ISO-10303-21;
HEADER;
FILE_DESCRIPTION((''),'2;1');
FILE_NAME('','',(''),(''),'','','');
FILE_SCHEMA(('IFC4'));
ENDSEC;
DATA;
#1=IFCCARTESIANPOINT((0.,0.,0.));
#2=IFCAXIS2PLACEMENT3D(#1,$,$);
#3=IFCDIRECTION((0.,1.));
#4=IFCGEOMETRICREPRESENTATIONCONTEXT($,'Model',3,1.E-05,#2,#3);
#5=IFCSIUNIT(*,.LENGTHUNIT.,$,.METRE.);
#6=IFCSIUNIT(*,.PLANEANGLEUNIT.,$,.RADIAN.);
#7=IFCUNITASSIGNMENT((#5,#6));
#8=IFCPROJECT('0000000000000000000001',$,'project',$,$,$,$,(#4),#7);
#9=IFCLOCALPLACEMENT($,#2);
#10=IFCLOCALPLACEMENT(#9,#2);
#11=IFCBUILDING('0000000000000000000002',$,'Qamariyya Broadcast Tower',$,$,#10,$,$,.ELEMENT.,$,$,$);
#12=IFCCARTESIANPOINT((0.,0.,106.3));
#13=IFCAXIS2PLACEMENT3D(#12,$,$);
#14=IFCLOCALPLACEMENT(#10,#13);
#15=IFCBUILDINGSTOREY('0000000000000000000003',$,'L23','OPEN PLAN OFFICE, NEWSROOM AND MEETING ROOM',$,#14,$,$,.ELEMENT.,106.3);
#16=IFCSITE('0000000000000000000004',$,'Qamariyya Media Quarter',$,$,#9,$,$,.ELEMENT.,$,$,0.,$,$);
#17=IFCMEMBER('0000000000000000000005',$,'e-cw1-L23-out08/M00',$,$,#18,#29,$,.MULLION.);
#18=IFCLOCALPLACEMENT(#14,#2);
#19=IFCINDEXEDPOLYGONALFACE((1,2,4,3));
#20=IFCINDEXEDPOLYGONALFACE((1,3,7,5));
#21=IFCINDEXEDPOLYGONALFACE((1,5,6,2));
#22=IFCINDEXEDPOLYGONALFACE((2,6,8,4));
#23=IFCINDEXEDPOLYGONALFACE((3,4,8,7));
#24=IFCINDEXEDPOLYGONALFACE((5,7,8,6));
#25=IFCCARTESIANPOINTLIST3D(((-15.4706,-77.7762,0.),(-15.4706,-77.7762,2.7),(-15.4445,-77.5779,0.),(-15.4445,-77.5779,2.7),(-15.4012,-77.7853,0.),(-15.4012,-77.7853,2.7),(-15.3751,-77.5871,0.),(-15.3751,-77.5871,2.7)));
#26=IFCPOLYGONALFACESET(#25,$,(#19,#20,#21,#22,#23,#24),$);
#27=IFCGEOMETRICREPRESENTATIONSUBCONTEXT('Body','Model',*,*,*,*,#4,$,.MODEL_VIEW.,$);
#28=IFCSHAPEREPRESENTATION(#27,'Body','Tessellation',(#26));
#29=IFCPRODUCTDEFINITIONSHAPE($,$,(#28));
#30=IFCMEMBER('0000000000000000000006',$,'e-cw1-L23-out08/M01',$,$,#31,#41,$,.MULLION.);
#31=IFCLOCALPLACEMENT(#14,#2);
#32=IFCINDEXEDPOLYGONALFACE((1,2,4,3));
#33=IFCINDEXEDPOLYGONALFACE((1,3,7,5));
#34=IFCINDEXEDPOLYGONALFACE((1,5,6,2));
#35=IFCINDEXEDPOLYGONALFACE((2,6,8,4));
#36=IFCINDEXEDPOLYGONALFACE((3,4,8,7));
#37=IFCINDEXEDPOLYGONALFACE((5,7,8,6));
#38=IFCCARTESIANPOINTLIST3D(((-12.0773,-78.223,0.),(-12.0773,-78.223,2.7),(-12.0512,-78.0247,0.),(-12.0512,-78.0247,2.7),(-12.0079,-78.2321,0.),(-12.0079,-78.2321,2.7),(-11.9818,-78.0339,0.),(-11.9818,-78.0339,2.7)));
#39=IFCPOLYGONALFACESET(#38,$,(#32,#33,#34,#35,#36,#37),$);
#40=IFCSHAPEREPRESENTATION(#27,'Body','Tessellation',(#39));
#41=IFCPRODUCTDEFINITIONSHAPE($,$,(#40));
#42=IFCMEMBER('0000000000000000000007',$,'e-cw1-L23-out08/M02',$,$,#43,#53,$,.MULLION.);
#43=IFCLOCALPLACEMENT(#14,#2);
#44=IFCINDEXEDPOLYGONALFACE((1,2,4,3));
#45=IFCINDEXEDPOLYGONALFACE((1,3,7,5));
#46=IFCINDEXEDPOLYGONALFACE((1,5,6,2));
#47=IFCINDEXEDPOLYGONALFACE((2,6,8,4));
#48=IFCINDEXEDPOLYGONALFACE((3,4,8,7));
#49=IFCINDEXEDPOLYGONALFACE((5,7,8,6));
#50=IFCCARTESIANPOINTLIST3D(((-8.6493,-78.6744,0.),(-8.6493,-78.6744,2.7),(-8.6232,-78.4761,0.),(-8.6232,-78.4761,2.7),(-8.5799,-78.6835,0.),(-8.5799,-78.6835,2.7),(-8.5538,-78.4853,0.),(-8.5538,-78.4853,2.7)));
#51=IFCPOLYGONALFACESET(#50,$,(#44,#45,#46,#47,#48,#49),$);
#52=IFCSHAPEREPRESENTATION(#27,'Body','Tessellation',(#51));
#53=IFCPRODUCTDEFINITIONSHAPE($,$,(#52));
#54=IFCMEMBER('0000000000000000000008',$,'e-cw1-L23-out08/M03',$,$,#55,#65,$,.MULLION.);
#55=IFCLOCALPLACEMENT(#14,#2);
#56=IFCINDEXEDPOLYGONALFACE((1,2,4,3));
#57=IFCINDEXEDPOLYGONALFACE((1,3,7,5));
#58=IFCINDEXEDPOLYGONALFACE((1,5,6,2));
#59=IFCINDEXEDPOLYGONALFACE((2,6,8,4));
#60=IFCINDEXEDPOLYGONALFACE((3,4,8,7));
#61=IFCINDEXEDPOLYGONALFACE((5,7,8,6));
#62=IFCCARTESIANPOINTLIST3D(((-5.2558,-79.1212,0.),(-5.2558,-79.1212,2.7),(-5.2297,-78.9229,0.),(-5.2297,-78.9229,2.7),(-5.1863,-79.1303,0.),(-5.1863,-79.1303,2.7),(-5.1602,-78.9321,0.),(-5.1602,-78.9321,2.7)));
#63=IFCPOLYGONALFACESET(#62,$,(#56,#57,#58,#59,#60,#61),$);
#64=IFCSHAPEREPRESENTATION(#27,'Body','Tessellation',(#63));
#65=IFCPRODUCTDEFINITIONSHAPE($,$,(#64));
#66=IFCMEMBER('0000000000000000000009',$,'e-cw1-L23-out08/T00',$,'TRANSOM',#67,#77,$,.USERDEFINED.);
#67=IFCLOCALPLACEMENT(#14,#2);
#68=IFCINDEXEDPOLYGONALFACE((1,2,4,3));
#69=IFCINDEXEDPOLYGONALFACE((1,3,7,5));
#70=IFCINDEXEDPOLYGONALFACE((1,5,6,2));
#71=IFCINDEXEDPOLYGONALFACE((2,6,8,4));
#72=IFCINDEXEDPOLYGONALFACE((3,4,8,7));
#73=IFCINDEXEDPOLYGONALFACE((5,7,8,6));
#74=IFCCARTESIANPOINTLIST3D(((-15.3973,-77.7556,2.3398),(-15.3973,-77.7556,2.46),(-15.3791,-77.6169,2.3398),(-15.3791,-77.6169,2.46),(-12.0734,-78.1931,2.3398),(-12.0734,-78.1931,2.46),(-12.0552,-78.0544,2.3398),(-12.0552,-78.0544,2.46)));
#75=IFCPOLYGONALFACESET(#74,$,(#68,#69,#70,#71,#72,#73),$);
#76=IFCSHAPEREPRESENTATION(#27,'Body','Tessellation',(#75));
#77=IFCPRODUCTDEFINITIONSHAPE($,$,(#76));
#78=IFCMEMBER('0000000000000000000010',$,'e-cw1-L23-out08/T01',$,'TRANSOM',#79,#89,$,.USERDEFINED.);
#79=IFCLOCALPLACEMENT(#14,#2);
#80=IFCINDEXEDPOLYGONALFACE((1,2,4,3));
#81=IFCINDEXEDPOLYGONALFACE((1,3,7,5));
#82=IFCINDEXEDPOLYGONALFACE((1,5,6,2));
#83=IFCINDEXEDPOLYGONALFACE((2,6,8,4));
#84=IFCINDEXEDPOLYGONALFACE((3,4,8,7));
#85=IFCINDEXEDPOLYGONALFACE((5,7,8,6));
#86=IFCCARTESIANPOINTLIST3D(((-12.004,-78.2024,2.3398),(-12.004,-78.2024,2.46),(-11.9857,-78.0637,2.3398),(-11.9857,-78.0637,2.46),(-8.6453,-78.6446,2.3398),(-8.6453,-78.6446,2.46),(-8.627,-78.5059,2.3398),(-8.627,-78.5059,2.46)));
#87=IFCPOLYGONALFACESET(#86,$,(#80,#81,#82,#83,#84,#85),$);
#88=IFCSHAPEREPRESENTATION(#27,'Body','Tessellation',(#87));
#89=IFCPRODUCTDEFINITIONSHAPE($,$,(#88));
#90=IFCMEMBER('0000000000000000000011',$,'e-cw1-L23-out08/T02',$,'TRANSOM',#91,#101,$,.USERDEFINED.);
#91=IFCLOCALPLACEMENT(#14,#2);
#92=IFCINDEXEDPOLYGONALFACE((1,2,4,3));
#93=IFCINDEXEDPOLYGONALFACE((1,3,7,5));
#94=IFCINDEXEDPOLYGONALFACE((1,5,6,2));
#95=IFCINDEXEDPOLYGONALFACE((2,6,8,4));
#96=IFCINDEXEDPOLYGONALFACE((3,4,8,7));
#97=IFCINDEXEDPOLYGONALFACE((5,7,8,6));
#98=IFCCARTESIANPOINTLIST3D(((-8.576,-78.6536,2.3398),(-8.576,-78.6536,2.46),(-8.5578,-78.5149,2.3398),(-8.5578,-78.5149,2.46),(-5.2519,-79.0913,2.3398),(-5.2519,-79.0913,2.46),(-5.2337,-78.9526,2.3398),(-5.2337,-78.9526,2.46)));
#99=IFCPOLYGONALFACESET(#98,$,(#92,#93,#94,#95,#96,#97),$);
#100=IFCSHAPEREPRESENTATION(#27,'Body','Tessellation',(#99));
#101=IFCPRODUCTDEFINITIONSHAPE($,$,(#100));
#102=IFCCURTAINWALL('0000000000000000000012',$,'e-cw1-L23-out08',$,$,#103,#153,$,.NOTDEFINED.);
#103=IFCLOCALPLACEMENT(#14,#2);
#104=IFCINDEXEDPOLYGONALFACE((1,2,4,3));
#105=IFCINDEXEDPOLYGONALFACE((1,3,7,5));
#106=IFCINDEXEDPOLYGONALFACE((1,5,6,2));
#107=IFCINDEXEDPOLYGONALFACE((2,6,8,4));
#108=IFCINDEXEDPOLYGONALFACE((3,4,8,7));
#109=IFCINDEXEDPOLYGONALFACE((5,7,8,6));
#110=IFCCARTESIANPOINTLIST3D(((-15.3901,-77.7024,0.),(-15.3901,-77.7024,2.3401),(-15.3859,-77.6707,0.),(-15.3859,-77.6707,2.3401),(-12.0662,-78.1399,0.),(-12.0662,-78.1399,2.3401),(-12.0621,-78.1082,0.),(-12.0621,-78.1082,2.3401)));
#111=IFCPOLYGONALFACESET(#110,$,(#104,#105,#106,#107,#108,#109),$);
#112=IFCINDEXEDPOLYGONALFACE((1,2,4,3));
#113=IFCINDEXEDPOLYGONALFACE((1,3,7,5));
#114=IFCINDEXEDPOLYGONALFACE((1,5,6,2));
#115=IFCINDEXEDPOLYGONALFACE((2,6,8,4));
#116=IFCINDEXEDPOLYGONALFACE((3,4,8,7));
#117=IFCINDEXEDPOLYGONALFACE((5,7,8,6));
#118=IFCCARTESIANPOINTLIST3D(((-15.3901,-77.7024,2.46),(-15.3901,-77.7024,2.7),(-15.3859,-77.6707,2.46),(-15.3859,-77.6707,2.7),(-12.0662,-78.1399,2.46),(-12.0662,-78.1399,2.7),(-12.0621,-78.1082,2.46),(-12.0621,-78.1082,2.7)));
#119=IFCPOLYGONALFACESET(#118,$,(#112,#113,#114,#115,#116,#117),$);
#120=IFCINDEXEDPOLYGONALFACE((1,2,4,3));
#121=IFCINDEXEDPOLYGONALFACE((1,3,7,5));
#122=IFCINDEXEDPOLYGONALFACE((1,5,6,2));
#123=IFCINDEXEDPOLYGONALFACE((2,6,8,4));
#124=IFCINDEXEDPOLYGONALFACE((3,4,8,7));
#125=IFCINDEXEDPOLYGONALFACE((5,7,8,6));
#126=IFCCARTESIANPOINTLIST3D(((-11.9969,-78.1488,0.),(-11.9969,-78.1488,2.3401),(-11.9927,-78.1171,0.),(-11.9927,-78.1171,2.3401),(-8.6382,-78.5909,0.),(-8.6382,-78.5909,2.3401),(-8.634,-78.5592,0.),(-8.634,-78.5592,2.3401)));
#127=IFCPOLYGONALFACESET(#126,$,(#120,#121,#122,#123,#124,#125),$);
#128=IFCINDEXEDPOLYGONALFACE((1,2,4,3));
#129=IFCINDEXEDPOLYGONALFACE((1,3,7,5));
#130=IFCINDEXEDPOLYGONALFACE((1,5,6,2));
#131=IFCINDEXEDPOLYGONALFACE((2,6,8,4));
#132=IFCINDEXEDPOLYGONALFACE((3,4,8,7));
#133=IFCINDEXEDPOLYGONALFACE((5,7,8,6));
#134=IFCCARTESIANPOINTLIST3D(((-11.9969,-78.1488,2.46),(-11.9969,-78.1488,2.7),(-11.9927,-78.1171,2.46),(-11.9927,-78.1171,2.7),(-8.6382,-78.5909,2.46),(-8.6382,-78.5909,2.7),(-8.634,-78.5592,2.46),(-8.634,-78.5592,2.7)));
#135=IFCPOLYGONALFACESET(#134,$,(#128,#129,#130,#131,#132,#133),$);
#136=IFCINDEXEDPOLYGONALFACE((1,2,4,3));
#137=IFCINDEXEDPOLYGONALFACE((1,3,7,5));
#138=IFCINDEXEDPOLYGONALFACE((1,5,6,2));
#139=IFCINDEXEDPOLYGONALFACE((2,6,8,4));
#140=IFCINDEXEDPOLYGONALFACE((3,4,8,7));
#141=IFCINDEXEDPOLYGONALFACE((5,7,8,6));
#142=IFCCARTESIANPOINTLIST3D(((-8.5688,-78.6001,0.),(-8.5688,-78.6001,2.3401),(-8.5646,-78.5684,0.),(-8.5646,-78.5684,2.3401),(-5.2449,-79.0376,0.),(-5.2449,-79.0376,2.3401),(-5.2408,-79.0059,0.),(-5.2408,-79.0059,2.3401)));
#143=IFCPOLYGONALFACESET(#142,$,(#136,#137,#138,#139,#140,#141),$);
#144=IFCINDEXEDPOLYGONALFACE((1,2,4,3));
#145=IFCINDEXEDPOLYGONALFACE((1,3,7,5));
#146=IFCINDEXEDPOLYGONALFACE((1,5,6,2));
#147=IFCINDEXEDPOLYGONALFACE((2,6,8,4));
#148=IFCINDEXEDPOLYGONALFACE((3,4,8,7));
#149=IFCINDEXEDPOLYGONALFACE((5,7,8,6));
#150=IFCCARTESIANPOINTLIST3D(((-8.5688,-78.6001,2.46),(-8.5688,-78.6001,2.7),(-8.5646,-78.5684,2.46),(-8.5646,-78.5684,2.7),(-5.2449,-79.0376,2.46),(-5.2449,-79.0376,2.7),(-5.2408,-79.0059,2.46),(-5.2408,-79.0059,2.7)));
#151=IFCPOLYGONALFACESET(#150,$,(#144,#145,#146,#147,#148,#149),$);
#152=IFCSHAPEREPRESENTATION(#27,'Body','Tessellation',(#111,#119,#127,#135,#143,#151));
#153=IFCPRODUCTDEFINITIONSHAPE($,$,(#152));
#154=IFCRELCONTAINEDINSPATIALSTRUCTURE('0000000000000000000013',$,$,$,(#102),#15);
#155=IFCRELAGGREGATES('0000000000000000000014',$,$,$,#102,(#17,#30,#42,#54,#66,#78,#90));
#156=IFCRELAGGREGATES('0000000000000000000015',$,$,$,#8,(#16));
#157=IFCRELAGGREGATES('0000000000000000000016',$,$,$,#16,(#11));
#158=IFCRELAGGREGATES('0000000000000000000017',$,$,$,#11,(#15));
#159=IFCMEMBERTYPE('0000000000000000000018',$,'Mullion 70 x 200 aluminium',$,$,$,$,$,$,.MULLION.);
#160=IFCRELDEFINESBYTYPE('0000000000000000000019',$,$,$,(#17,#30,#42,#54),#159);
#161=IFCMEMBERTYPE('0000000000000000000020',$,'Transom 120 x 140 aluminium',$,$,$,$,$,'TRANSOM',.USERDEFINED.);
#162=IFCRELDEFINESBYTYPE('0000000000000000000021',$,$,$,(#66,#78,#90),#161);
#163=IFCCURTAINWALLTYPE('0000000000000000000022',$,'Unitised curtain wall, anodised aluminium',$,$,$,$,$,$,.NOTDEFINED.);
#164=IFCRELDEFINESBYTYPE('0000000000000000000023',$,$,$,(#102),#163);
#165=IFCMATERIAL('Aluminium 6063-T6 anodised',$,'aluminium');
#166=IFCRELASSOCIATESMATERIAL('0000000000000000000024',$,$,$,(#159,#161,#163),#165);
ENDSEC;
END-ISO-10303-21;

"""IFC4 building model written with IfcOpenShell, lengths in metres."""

from ifc_helpers import new_model, si_unit, direction, frame, origin, origin_2d, place, context, subcontext, project, spatial, rectangle, extrude, material, material_profile, profile_set, type_object, element, aggregate, save


model = new_model("IFC4")

# Units and contexts
model_context = context("Model", 3, precision=1e-05, world=origin(), true_north=direction((0.0, 1.0)))
body_context = subcontext(model_context, "Body", "Model", "MODEL_VIEW")
ifc_project = project(units=[si_unit("LENGTHUNIT", "METRE"), si_unit("PLANEANGLEUNIT", "RADIAN")], contexts=[model_context])

# Members
ifc_material = material(Name="Aluminium 6063-T6 anodised", Category="aluminium")
ifc_material_profile_1 = material_profile(ifc_material, rectangle(XDim=0.2, YDim=0.0701, at=origin_2d()))
ifc_profile_set_1 = profile_set([ifc_material_profile_1], Name="Aluminium 6063-T6 anodised")
member_type_1 = type_object("IfcMemberType", Name="Mullion 70 x 200 aluminium", PredefinedType="MULLION", material=ifc_profile_set_1)
site_placement = place(None, origin())
building_placement = place(site_placement, origin())
storey_placement = place(building_placement, frame((0.0, 0.0, 106.3)))
member_1_placement = place(storey_placement, frame((-15.4229, -77.6816, 0.0), z_axis=(0.0, 0.0, 1.0), x_axis=(0.130526, 0.991445, 0.0)))
member_1 = element("IfcMember", 1, at=member_1_placement, type_object=member_type_1, Name="e-cw1-L23-out08/M00", PredefinedType="MULLION", context=body_context, shape_type="SweptSolid", body=[
    extrude(rectangle(XDim=0.2, YDim=0.0701, at=origin_2d()), origin(), (0.0, 0.0, 1.0), 2.7),
])
member_2_placement = place(storey_placement, frame((-12.0295, -78.1284, 0.0), z_axis=(0.0, 0.0, 1.0), x_axis=(0.130526, 0.991445, 0.0)))
member_2 = element("IfcMember", 2, at=member_2_placement, type_object=member_type_1, Name="e-cw1-L23-out08/M01", PredefinedType="MULLION", context=body_context, shape_type="SweptSolid", body=[
    extrude(rectangle(XDim=0.2, YDim=0.0701, at=origin_2d()), origin(), (0.0, 0.0, 1.0), 2.7),
])
member_3_placement = place(storey_placement, frame((-8.6016, -78.5798, 0.0), z_axis=(0.0, 0.0, 1.0), x_axis=(0.130526, 0.991445, 0.0)))
member_3 = element("IfcMember", 3, at=member_3_placement, type_object=member_type_1, Name="e-cw1-L23-out08/M02", PredefinedType="MULLION", context=body_context, shape_type="SweptSolid", body=[
    extrude(rectangle(XDim=0.2, YDim=0.0701, at=origin_2d()), origin(), (0.0, 0.0, 1.0), 2.7),
])
member_4_placement = place(storey_placement, frame((-5.208, -79.0266, 0.0), z_axis=(0.0, 0.0, 1.0), x_axis=(0.130526, 0.991445, 0.0)))
member_4 = element("IfcMember", 4, at=member_4_placement, type_object=member_type_1, Name="e-cw1-L23-out08/M03", PredefinedType="MULLION", context=body_context, shape_type="SweptSolid", body=[
    extrude(rectangle(XDim=0.2, YDim=0.0701, at=origin_2d()), origin(), (0.0, 0.0, 1.0), 2.7),
])
ifc_material_profile_2 = material_profile(ifc_material, rectangle(XDim=0.1399, YDim=0.1201, at=origin_2d()))
ifc_profile_set_2 = profile_set([ifc_material_profile_2], Name="Aluminium 6063-T6 anodised")
member_type_2 = type_object("IfcMemberType", Name="Transom 120 x 140 aluminium", ElementType="TRANSOM", PredefinedType="USERDEFINED", material=ifc_profile_set_2)
member_5_placement = place(storey_placement, frame((-15.3882, -77.6863, 2.3999), z_axis=(0.991449, -0.130494, 0.0), x_axis=(0.130494, 0.991449, 0.0)))
member_5 = element("IfcMember", 5, at=member_5_placement, type_object=member_type_2, Name="e-cw1-L23-out08/T00", ObjectType="TRANSOM", PredefinedType="USERDEFINED", context=body_context, shape_type="SweptSolid", body=[
    extrude(rectangle(XDim=0.1399, YDim=0.1201, at=origin_2d()), origin(), (0.0, 0.0, 1.0), 3.3525),
])
member_6_placement = place(storey_placement, frame((-11.9949, -78.1331, 2.3999), z_axis=(0.991446, -0.130516, 0.0), x_axis=(0.130516, 0.991446, 0.0)))
member_6 = element("IfcMember", 6, at=member_6_placement, type_object=member_type_2, Name="e-cw1-L23-out08/T01", ObjectType="TRANSOM", PredefinedType="USERDEFINED", context=body_context, shape_type="SweptSolid", body=[
    extrude(rectangle(XDim=0.1399, YDim=0.1201, at=origin_2d()), origin(), (0.0, 0.0, 1.0), 3.3877),
])
member_7_placement = place(storey_placement, frame((-8.5669, -78.5842, 2.3999), z_axis=(0.99144, -0.130566, 0.0), x_axis=(0.130566, 0.99144, 0.0)))
member_7 = element("IfcMember", 7, at=member_7_placement, type_object=member_type_2, Name="e-cw1-L23-out08/T02", ObjectType="TRANSOM", PredefinedType="USERDEFINED", context=body_context, shape_type="SweptSolid", body=[
    extrude(rectangle(XDim=0.1399, YDim=0.1201, at=origin_2d()), origin(), (0.0, 0.0, 1.0), 3.3528),
])

# Site, building, storey
site = spatial("IfcSite", under=ifc_project, at=site_placement, Name="Qamariyya Media Quarter", CompositionType="ELEMENT", RefElevation=0.0)
building = spatial("IfcBuilding", under=site, at=building_placement, Name="Qamariyya Broadcast Tower", CompositionType="ELEMENT")
storey = spatial("IfcBuildingStorey", under=building, at=storey_placement, Name="L23", Description="OPEN PLAN OFFICE, NEWSROOM AND MEETING ROOM", CompositionType="ELEMENT", Elevation=106.3)

# Curtain wall
curtain_wall_type = type_object("IfcCurtainWallType", Name="Unitised curtain wall, anodised aluminium", PredefinedType="NOTDEFINED", material=ifc_material)
curtain_wall_1_placement = place(storey_placement, origin())
curtain_wall_1 = element("IfcCurtainWall", 8, at=curtain_wall_1_placement, inside=storey, type_object=curtain_wall_type, Name="e-cw1-L23-out08", PredefinedType="NOTDEFINED", context=body_context, shape_type="SweptSolid", body=[
    extrude(rectangle(XDim=3.3525, YDim=0.032, at=origin_2d()), frame((-13.7261, -77.9053, 0.0), x_axis=(0.991447, -0.130509, 0.0)), (0.0, 0.0, 1.0), 2.3401),
    extrude(rectangle(XDim=3.3525, YDim=0.032, at=origin_2d()), frame((-13.7261, -77.9053, 2.46), x_axis=(0.991447, -0.130509, 0.0)), (0.0, 0.0, 1.0), 0.24),
    extrude(rectangle(XDim=3.3877, YDim=0.032, at=origin_2d()), frame((-10.3154, -78.354, 0.0), x_axis=(0.991447, -0.130509, 0.0)), (0.0, 0.0, 1.0), 2.3401),
    extrude(rectangle(XDim=3.3877, YDim=0.032, at=origin_2d()), frame((-10.3154, -78.354, 2.46), x_axis=(0.991447, -0.130509, 0.0)), (0.0, 0.0, 1.0), 0.24),
    extrude(rectangle(XDim=3.3525, YDim=0.032, at=origin_2d()), frame((-6.9048, -78.803, 0.0), x_axis=(0.991447, -0.130509, 0.0)), (0.0, 0.0, 1.0), 2.3401),
    extrude(rectangle(XDim=3.3525, YDim=0.032, at=origin_2d()), frame((-6.9048, -78.803, 2.46), x_axis=(0.991447, -0.130509, 0.0)), (0.0, 0.0, 1.0), 0.24),
])
aggregate(curtain_wall_1, [member_1, member_2, member_3, member_4, member_5, member_6, member_7])

save(model, "model.ifc")
